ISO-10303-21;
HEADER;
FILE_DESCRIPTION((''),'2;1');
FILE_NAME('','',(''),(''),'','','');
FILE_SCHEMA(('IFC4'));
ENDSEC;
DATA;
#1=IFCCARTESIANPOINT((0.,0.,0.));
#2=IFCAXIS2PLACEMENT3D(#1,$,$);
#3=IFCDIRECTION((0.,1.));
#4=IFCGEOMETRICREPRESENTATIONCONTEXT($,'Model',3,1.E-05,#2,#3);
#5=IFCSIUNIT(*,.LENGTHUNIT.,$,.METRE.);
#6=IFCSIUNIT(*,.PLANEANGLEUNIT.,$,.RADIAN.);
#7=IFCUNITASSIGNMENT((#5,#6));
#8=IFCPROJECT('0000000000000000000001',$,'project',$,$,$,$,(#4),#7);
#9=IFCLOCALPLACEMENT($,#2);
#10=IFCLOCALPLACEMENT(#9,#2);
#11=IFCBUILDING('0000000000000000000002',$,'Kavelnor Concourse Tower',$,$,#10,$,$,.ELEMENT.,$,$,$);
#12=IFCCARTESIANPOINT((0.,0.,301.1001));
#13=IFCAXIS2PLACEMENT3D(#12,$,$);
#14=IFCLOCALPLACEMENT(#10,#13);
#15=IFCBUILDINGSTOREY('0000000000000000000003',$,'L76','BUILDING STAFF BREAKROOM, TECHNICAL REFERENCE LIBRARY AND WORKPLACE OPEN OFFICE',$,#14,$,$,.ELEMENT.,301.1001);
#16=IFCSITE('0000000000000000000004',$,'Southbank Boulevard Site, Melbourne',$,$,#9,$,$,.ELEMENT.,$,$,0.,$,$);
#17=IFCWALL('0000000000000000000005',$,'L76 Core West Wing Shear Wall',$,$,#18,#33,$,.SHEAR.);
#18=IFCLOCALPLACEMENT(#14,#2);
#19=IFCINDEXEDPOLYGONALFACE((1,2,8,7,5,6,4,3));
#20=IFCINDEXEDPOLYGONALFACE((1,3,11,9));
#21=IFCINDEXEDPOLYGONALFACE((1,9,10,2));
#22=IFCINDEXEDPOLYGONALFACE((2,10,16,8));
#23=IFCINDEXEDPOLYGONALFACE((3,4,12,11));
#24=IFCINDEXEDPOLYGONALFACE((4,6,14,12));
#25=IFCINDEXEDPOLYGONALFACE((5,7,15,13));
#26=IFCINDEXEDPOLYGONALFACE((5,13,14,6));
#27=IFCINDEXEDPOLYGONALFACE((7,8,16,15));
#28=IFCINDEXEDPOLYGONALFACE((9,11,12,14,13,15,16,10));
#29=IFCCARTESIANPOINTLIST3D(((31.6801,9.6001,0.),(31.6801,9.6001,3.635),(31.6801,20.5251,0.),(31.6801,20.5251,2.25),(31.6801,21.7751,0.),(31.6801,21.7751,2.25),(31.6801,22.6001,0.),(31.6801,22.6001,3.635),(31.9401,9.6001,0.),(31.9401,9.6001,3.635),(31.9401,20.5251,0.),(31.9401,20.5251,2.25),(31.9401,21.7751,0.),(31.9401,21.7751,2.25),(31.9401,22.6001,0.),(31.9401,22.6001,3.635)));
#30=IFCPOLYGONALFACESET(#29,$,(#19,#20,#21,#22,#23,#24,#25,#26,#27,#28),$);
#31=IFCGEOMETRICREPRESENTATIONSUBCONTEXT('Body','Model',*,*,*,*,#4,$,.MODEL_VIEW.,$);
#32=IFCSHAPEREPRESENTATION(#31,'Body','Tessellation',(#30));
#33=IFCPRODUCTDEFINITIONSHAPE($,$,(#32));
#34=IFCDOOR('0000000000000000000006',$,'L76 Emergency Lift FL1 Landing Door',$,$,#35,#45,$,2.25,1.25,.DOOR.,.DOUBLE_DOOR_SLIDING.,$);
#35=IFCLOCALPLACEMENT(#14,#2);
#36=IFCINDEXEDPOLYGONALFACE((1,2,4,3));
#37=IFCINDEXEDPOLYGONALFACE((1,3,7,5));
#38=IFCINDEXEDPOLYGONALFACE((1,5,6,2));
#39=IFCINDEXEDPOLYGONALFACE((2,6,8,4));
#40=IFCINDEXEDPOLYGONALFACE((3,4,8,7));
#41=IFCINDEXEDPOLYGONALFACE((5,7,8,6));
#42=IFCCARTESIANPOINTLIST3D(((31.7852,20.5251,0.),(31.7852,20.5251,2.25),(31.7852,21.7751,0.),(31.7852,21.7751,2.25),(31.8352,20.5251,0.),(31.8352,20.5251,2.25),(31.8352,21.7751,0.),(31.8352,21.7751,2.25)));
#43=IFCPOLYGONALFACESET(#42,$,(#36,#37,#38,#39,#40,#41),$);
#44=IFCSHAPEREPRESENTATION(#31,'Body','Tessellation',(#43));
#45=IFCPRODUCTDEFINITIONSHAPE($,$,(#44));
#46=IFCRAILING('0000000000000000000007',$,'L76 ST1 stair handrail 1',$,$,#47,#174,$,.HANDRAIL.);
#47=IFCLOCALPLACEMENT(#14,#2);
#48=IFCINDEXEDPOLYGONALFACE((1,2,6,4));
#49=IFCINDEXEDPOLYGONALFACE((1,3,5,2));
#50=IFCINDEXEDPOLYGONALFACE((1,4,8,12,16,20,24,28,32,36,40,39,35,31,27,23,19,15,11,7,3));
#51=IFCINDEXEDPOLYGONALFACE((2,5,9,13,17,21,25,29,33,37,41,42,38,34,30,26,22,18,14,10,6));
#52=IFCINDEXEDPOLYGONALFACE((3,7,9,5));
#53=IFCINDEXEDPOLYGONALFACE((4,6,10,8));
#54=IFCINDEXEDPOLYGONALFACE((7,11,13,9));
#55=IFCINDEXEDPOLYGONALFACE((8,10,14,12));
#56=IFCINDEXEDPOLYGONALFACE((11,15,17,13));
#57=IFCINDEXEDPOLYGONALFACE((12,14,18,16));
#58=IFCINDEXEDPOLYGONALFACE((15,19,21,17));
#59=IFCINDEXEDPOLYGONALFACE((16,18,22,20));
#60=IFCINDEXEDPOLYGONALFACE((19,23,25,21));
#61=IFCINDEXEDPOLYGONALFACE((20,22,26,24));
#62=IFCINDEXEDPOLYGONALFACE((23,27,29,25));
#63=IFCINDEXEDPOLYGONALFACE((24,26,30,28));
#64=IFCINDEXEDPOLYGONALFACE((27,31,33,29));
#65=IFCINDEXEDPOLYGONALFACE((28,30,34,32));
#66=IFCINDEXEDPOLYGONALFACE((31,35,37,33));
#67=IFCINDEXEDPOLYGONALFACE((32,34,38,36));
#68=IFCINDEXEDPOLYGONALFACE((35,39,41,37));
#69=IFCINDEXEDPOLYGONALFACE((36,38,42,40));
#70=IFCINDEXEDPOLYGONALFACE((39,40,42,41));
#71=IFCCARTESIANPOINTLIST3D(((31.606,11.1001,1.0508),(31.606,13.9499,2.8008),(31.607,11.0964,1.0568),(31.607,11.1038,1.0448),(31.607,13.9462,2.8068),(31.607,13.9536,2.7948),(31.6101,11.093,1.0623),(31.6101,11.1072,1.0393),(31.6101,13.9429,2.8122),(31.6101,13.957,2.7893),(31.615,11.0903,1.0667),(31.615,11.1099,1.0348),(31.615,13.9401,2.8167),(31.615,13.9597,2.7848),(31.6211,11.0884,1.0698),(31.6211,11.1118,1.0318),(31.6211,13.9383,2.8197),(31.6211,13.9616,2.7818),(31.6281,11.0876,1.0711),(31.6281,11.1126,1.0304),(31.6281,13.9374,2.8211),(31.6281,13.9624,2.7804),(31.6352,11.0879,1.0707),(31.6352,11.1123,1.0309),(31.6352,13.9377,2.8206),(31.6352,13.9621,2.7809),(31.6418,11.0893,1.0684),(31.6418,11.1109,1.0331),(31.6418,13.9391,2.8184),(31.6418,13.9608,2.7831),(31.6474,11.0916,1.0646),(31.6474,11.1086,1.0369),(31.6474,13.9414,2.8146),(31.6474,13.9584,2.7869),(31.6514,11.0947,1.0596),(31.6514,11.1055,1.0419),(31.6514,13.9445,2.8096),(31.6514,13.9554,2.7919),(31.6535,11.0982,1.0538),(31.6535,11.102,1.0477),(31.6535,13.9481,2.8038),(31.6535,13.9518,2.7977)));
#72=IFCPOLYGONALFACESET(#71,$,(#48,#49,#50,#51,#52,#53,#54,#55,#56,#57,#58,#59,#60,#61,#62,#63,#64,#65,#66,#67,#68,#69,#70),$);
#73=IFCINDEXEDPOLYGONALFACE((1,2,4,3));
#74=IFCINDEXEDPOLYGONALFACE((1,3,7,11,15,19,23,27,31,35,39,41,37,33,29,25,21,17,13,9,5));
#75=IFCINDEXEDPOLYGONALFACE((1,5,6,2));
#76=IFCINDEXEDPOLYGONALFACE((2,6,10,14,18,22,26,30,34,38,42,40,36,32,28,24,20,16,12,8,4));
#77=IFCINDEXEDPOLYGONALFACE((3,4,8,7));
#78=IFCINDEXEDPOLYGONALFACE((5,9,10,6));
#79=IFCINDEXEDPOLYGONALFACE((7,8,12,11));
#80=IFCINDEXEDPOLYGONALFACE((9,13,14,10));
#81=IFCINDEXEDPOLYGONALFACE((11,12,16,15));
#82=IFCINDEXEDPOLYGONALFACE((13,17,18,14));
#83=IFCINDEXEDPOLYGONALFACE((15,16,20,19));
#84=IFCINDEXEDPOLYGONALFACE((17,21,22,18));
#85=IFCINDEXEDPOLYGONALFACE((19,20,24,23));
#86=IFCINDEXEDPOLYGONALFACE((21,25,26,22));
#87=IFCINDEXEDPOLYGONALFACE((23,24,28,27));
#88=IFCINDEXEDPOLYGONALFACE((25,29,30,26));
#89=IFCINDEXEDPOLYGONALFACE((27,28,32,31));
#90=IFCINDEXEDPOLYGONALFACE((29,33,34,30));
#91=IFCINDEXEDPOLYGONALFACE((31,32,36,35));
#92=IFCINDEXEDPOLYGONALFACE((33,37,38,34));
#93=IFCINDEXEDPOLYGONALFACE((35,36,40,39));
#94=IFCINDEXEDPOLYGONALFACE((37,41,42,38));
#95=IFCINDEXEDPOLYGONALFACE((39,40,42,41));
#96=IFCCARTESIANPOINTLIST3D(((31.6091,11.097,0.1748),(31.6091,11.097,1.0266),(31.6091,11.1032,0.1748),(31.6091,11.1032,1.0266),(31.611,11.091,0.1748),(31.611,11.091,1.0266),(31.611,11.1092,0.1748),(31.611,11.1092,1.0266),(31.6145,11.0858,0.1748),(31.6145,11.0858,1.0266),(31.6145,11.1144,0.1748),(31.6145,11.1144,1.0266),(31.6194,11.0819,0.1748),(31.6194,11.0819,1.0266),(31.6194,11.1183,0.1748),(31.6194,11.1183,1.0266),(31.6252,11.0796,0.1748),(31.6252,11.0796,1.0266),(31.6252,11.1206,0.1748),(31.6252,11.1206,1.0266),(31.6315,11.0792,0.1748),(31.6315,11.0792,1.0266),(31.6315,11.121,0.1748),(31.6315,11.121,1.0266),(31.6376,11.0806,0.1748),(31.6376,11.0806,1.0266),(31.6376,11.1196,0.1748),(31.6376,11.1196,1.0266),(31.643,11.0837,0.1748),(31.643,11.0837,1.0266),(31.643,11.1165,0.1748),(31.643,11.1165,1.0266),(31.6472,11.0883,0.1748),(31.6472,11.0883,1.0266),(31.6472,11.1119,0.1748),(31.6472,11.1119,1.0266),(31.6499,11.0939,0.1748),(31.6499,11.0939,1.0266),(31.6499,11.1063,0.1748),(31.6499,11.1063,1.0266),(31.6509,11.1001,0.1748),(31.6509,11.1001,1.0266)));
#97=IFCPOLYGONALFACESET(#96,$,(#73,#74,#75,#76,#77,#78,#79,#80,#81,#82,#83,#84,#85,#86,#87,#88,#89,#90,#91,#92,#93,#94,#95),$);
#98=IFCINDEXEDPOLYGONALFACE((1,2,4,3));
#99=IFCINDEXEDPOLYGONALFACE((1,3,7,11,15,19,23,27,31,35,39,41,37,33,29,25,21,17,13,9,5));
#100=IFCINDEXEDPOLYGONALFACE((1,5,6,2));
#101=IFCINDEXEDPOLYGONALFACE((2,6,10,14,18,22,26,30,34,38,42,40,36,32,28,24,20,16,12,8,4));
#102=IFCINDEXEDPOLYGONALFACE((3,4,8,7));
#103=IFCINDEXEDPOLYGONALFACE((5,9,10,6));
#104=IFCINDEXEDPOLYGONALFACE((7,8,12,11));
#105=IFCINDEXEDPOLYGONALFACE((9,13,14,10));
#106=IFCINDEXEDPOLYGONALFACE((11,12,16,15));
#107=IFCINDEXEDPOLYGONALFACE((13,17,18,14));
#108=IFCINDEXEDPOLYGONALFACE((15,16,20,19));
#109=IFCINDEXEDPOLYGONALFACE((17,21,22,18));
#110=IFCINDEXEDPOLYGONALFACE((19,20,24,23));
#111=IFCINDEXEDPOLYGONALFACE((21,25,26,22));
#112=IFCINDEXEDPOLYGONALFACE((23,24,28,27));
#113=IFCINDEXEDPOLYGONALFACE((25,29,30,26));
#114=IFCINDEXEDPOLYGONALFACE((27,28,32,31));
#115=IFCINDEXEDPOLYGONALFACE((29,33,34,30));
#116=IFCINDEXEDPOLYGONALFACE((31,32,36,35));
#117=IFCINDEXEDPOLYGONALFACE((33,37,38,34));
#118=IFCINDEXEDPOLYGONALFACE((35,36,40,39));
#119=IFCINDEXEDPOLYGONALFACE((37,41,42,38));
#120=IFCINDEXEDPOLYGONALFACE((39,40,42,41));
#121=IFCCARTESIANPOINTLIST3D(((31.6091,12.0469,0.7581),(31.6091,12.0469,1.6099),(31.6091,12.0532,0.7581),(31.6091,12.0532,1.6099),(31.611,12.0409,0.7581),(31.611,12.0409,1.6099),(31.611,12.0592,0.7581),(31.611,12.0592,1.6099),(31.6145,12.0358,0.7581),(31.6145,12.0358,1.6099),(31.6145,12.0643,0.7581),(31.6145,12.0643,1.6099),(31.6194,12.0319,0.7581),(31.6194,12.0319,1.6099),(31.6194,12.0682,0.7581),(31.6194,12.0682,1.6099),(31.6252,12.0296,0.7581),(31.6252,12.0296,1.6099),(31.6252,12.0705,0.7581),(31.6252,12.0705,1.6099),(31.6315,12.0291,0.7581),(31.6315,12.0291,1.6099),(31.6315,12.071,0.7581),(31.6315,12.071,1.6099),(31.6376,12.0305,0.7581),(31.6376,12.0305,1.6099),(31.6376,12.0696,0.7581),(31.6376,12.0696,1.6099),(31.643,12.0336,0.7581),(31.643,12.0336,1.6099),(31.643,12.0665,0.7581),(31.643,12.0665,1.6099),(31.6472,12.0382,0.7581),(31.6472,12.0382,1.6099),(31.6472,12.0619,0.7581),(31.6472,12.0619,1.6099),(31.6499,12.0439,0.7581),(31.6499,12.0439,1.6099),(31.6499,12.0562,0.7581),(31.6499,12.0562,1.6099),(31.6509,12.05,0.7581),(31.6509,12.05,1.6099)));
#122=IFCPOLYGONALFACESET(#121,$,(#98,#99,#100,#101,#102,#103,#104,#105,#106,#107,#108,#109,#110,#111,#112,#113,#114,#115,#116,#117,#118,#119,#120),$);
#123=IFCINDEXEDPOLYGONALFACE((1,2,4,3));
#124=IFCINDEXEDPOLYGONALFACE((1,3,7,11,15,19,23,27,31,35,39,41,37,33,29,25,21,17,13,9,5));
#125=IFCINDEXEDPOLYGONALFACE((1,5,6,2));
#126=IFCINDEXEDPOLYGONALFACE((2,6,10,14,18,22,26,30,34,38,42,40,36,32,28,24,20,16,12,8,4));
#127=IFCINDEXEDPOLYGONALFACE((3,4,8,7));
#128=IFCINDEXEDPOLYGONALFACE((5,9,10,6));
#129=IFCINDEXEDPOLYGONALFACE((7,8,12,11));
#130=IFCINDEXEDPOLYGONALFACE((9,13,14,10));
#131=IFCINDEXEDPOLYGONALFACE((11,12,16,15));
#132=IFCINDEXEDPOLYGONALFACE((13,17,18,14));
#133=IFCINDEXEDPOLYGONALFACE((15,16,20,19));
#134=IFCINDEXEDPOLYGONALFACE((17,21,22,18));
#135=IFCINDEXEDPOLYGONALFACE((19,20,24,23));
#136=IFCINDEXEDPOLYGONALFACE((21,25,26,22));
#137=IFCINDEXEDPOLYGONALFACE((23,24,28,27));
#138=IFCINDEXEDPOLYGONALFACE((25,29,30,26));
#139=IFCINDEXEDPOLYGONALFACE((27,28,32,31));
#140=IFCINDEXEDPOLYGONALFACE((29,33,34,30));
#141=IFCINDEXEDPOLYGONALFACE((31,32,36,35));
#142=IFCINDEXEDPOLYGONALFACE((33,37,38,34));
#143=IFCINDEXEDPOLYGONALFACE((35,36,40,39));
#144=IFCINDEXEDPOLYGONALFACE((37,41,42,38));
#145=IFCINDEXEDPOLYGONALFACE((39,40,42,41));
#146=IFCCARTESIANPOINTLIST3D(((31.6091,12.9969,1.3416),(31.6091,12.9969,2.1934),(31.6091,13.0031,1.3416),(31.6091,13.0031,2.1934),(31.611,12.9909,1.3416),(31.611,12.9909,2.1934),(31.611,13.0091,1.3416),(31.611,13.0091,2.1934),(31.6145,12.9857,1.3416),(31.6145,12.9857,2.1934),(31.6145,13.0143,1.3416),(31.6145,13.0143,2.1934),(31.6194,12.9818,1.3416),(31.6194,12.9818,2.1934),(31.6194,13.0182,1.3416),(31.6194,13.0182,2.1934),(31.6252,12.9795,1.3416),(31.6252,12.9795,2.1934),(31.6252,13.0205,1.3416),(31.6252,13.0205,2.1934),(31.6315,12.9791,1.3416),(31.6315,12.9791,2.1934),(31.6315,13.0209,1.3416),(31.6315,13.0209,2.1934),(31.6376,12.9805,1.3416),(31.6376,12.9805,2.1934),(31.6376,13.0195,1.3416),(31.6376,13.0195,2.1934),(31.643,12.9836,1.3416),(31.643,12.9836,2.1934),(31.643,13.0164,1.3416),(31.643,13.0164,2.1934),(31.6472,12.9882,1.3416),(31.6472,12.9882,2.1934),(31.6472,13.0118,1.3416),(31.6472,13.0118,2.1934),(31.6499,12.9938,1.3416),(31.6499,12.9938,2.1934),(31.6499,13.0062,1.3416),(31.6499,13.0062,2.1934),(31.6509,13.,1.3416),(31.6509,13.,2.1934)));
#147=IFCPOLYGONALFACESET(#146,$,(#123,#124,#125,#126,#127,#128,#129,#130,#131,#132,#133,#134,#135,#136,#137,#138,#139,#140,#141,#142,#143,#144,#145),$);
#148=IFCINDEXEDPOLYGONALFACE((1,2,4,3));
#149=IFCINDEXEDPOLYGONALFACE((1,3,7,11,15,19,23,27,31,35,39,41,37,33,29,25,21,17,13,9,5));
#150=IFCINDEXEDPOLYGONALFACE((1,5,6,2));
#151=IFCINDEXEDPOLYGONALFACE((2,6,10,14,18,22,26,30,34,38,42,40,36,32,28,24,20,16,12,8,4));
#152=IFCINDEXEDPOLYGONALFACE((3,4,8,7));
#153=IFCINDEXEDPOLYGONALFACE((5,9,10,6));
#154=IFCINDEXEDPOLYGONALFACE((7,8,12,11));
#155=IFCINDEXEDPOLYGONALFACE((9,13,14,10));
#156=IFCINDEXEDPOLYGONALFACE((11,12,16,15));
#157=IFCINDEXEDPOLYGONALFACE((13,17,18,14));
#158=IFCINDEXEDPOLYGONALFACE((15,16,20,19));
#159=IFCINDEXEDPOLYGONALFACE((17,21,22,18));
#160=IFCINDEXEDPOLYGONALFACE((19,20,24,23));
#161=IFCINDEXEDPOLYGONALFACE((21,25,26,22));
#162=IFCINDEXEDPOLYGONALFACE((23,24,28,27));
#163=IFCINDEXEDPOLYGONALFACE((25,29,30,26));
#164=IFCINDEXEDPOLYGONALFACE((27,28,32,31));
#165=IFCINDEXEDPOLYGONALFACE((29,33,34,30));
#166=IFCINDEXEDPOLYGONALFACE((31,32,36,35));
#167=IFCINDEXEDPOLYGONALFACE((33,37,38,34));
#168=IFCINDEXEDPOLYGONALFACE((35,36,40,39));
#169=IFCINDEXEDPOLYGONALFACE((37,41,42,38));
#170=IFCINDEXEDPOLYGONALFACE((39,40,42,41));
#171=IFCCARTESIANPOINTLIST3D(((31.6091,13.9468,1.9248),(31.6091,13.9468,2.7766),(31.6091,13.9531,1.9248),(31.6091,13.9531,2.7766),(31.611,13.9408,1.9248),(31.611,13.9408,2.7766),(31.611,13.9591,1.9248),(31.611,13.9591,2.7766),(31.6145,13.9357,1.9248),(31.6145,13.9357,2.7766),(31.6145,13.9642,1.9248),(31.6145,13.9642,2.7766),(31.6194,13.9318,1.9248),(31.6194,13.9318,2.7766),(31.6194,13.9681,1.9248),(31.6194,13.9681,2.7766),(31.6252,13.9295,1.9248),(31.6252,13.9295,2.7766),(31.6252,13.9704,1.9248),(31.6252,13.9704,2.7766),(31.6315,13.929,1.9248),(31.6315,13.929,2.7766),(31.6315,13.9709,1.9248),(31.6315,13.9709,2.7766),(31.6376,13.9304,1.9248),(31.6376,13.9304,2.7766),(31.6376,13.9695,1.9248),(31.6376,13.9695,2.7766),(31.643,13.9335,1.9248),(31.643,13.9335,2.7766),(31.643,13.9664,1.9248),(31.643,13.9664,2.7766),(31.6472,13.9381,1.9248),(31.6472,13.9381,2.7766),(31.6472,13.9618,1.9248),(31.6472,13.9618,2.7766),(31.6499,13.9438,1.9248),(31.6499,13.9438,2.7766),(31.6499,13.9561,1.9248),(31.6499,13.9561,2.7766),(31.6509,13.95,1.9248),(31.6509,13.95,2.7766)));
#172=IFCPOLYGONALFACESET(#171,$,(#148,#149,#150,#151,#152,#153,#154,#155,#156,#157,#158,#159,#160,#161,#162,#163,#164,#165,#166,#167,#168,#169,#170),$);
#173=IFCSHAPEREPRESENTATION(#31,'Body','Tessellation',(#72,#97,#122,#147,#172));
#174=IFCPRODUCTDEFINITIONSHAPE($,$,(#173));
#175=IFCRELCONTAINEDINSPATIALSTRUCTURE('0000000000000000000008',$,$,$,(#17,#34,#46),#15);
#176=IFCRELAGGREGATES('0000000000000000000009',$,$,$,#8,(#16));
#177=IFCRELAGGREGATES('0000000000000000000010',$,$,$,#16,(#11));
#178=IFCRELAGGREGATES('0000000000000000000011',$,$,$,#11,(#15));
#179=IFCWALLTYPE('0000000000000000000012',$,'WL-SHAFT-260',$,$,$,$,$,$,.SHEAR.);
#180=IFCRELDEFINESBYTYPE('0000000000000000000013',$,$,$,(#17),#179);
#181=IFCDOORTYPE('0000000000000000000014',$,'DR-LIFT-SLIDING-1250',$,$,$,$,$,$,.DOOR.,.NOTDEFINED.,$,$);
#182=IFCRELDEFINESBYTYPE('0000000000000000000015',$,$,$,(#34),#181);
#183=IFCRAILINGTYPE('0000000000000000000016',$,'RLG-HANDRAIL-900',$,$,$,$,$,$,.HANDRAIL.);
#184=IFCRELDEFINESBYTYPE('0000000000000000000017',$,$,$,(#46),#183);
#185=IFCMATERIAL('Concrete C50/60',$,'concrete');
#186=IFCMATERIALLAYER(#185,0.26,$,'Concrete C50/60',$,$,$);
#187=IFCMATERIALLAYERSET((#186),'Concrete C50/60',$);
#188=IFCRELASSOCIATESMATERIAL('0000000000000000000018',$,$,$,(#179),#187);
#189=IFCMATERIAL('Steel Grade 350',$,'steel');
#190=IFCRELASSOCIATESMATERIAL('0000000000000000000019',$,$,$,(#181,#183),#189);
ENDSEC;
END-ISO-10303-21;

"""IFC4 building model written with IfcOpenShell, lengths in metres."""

from ifc_helpers import new_model, si_unit, direction, frame, frame_2d, origin, origin_2d, place, context, subcontext, project, spatial, rectangle, circle, extrude, material, layer, layer_set, type_object, element, fill, save


model = new_model("IFC4")

# Units and contexts
model_context = context("Model", 3, precision=1e-05, world=origin(), true_north=direction((0.0, 1.0)))
body_context = subcontext(model_context, "Body", "Model", "MODEL_VIEW")
ifc_project = project(units=[si_unit("LENGTHUNIT", "METRE"), si_unit("PLANEANGLEUNIT", "RADIAN")], contexts=[model_context])

# Site, building, storey
site_placement = place(None, origin())
site = spatial("IfcSite", under=ifc_project, at=site_placement, Name="Southbank Boulevard Site, Melbourne", CompositionType="ELEMENT", RefElevation=0.0)
building_placement = place(site_placement, origin())
building = spatial("IfcBuilding", under=site, at=building_placement, Name="Kavelnor Concourse Tower", CompositionType="ELEMENT")
storey_placement = place(building_placement, frame((0.0, 0.0, 301.1001)))
storey = spatial("IfcBuildingStorey", under=building, at=storey_placement, Name="L76", Description="BUILDING STAFF BREAKROOM, TECHNICAL REFERENCE LIBRARY AND WORKPLACE OPEN OFFICE", CompositionType="ELEMENT", Elevation=301.1001)

# Shared definitions
ifc_material_1 = material(Name="Steel Grade 350", Category="steel")

# Shared definitions
ifc_material_2 = material(Name="Concrete C50/60", Category="concrete")

# Wall, opening, door
ifc_layer_1 = layer(ifc_material_2, 0.26, Name="Concrete C50/60")
ifc_layer_set_1 = layer_set([ifc_layer_1], Name="Concrete C50/60")
wall_type_1 = type_object("IfcWallType", Name="WL-SHAFT-260", PredefinedType="SHEAR", material=ifc_layer_set_1)
wall_1_placement = place(storey_placement, frame((31.8101, 9.6001, 0.0), z_axis=(0.0, 0.0, 1.0), x_axis=(0.0, 1.0, 0.0)))
wall_1 = element("IfcWall", 1, at=wall_1_placement, inside=storey, type_object=wall_type_1, Name="L76 Core West Wing Shear Wall", PredefinedType="SHEAR", context=body_context, shape_type="SweptSolid", body=[
    extrude(rectangle(XDim=13.0, YDim=0.26, at=frame_2d((6.5, 0.0))), origin(), (0.0, 0.0, 1.0), 3.635),
])
opening_1_placement = place(wall_1_placement, frame((10.925, 0.0, 0.0)))
opening_1 = element("IfcOpeningElement", 2, at=opening_1_placement, cuts=wall_1, PredefinedType="OPENING", context=body_context, shape_type="SweptSolid", body=[
    extrude(rectangle(XDim=1.25, YDim=2.25, at=frame_2d((0.625, 1.125))), frame((0.0, 0.1401, 0.0), z_axis=(0.0, -1.0, 0.0), x_axis=(1.0, 0.0, 0.0)), (0.0, 0.0, 1.0), 0.28),
])
door_type_1 = type_object("IfcDoorType", Name="DR-LIFT-SLIDING-1250", OperationType="NOTDEFINED", PredefinedType="DOOR", material=ifc_material_1)
door_1_placement = place(opening_1_placement, origin())
door_1 = element("IfcDoor", 3, at=door_1_placement, inside=storey, type_object=door_type_1, Name="L76 Emergency Lift FL1 Landing Door", OperationType="DOUBLE_DOOR_SLIDING", OverallHeight=2.25, OverallWidth=1.25, PredefinedType="DOOR", context=body_context, shape_type="SweptSolid", body=[
    extrude(rectangle(XDim=1.25, YDim=2.25, at=frame_2d((0.625, 1.125))), frame((0.0, 0.0249, 0.0), z_axis=(0.0, -1.0, 0.0), x_axis=(1.0, 0.0, 0.0)), (0.0, 0.0, 1.0), 0.05),
])
fill(opening_1, door_1)

# Railing
railing_type = type_object("IfcRailingType", Name="RLG-HANDRAIL-900", PredefinedType="HANDRAIL", material=ifc_material_1)
railing_placement = place(storey_placement, frame((31.6299, 11.1001, 0.1748)))
element("IfcRailing", 4, at=railing_placement, inside=storey, type_object=railing_type, Name="L76 ST1 stair handrail 1", PredefinedType="HANDRAIL", context=body_context, shape_type="SweptSolid", body=[
    extrude(circle(Radius=0.0239, at=origin_2d()), frame((0.0, 0.0, 0.876), z_axis=(0.0, 0.852159, 0.523283), x_axis=(-1.0, 0.0, 0.0)), (0.0, 0.0, 1.0), 3.3442),
    extrude(circle(Radius=0.021, at=origin_2d()), origin(), (0.0, 0.0, 1.0), 0.8518),
    extrude(circle(Radius=0.021, at=origin_2d()), frame((0.0, 0.95, 0.5833)), (0.0, 0.0, 1.0), 0.8518),
    extrude(circle(Radius=0.021, at=origin_2d()), frame((0.0, 1.8999, 1.1667)), (0.0, 0.0, 1.0), 0.8518),
    extrude(circle(Radius=0.021, at=origin_2d()), frame((0.0, 2.8499, 1.75)), (0.0, 0.0, 1.0), 0.8518),
])

save(model, "model.ifc")
